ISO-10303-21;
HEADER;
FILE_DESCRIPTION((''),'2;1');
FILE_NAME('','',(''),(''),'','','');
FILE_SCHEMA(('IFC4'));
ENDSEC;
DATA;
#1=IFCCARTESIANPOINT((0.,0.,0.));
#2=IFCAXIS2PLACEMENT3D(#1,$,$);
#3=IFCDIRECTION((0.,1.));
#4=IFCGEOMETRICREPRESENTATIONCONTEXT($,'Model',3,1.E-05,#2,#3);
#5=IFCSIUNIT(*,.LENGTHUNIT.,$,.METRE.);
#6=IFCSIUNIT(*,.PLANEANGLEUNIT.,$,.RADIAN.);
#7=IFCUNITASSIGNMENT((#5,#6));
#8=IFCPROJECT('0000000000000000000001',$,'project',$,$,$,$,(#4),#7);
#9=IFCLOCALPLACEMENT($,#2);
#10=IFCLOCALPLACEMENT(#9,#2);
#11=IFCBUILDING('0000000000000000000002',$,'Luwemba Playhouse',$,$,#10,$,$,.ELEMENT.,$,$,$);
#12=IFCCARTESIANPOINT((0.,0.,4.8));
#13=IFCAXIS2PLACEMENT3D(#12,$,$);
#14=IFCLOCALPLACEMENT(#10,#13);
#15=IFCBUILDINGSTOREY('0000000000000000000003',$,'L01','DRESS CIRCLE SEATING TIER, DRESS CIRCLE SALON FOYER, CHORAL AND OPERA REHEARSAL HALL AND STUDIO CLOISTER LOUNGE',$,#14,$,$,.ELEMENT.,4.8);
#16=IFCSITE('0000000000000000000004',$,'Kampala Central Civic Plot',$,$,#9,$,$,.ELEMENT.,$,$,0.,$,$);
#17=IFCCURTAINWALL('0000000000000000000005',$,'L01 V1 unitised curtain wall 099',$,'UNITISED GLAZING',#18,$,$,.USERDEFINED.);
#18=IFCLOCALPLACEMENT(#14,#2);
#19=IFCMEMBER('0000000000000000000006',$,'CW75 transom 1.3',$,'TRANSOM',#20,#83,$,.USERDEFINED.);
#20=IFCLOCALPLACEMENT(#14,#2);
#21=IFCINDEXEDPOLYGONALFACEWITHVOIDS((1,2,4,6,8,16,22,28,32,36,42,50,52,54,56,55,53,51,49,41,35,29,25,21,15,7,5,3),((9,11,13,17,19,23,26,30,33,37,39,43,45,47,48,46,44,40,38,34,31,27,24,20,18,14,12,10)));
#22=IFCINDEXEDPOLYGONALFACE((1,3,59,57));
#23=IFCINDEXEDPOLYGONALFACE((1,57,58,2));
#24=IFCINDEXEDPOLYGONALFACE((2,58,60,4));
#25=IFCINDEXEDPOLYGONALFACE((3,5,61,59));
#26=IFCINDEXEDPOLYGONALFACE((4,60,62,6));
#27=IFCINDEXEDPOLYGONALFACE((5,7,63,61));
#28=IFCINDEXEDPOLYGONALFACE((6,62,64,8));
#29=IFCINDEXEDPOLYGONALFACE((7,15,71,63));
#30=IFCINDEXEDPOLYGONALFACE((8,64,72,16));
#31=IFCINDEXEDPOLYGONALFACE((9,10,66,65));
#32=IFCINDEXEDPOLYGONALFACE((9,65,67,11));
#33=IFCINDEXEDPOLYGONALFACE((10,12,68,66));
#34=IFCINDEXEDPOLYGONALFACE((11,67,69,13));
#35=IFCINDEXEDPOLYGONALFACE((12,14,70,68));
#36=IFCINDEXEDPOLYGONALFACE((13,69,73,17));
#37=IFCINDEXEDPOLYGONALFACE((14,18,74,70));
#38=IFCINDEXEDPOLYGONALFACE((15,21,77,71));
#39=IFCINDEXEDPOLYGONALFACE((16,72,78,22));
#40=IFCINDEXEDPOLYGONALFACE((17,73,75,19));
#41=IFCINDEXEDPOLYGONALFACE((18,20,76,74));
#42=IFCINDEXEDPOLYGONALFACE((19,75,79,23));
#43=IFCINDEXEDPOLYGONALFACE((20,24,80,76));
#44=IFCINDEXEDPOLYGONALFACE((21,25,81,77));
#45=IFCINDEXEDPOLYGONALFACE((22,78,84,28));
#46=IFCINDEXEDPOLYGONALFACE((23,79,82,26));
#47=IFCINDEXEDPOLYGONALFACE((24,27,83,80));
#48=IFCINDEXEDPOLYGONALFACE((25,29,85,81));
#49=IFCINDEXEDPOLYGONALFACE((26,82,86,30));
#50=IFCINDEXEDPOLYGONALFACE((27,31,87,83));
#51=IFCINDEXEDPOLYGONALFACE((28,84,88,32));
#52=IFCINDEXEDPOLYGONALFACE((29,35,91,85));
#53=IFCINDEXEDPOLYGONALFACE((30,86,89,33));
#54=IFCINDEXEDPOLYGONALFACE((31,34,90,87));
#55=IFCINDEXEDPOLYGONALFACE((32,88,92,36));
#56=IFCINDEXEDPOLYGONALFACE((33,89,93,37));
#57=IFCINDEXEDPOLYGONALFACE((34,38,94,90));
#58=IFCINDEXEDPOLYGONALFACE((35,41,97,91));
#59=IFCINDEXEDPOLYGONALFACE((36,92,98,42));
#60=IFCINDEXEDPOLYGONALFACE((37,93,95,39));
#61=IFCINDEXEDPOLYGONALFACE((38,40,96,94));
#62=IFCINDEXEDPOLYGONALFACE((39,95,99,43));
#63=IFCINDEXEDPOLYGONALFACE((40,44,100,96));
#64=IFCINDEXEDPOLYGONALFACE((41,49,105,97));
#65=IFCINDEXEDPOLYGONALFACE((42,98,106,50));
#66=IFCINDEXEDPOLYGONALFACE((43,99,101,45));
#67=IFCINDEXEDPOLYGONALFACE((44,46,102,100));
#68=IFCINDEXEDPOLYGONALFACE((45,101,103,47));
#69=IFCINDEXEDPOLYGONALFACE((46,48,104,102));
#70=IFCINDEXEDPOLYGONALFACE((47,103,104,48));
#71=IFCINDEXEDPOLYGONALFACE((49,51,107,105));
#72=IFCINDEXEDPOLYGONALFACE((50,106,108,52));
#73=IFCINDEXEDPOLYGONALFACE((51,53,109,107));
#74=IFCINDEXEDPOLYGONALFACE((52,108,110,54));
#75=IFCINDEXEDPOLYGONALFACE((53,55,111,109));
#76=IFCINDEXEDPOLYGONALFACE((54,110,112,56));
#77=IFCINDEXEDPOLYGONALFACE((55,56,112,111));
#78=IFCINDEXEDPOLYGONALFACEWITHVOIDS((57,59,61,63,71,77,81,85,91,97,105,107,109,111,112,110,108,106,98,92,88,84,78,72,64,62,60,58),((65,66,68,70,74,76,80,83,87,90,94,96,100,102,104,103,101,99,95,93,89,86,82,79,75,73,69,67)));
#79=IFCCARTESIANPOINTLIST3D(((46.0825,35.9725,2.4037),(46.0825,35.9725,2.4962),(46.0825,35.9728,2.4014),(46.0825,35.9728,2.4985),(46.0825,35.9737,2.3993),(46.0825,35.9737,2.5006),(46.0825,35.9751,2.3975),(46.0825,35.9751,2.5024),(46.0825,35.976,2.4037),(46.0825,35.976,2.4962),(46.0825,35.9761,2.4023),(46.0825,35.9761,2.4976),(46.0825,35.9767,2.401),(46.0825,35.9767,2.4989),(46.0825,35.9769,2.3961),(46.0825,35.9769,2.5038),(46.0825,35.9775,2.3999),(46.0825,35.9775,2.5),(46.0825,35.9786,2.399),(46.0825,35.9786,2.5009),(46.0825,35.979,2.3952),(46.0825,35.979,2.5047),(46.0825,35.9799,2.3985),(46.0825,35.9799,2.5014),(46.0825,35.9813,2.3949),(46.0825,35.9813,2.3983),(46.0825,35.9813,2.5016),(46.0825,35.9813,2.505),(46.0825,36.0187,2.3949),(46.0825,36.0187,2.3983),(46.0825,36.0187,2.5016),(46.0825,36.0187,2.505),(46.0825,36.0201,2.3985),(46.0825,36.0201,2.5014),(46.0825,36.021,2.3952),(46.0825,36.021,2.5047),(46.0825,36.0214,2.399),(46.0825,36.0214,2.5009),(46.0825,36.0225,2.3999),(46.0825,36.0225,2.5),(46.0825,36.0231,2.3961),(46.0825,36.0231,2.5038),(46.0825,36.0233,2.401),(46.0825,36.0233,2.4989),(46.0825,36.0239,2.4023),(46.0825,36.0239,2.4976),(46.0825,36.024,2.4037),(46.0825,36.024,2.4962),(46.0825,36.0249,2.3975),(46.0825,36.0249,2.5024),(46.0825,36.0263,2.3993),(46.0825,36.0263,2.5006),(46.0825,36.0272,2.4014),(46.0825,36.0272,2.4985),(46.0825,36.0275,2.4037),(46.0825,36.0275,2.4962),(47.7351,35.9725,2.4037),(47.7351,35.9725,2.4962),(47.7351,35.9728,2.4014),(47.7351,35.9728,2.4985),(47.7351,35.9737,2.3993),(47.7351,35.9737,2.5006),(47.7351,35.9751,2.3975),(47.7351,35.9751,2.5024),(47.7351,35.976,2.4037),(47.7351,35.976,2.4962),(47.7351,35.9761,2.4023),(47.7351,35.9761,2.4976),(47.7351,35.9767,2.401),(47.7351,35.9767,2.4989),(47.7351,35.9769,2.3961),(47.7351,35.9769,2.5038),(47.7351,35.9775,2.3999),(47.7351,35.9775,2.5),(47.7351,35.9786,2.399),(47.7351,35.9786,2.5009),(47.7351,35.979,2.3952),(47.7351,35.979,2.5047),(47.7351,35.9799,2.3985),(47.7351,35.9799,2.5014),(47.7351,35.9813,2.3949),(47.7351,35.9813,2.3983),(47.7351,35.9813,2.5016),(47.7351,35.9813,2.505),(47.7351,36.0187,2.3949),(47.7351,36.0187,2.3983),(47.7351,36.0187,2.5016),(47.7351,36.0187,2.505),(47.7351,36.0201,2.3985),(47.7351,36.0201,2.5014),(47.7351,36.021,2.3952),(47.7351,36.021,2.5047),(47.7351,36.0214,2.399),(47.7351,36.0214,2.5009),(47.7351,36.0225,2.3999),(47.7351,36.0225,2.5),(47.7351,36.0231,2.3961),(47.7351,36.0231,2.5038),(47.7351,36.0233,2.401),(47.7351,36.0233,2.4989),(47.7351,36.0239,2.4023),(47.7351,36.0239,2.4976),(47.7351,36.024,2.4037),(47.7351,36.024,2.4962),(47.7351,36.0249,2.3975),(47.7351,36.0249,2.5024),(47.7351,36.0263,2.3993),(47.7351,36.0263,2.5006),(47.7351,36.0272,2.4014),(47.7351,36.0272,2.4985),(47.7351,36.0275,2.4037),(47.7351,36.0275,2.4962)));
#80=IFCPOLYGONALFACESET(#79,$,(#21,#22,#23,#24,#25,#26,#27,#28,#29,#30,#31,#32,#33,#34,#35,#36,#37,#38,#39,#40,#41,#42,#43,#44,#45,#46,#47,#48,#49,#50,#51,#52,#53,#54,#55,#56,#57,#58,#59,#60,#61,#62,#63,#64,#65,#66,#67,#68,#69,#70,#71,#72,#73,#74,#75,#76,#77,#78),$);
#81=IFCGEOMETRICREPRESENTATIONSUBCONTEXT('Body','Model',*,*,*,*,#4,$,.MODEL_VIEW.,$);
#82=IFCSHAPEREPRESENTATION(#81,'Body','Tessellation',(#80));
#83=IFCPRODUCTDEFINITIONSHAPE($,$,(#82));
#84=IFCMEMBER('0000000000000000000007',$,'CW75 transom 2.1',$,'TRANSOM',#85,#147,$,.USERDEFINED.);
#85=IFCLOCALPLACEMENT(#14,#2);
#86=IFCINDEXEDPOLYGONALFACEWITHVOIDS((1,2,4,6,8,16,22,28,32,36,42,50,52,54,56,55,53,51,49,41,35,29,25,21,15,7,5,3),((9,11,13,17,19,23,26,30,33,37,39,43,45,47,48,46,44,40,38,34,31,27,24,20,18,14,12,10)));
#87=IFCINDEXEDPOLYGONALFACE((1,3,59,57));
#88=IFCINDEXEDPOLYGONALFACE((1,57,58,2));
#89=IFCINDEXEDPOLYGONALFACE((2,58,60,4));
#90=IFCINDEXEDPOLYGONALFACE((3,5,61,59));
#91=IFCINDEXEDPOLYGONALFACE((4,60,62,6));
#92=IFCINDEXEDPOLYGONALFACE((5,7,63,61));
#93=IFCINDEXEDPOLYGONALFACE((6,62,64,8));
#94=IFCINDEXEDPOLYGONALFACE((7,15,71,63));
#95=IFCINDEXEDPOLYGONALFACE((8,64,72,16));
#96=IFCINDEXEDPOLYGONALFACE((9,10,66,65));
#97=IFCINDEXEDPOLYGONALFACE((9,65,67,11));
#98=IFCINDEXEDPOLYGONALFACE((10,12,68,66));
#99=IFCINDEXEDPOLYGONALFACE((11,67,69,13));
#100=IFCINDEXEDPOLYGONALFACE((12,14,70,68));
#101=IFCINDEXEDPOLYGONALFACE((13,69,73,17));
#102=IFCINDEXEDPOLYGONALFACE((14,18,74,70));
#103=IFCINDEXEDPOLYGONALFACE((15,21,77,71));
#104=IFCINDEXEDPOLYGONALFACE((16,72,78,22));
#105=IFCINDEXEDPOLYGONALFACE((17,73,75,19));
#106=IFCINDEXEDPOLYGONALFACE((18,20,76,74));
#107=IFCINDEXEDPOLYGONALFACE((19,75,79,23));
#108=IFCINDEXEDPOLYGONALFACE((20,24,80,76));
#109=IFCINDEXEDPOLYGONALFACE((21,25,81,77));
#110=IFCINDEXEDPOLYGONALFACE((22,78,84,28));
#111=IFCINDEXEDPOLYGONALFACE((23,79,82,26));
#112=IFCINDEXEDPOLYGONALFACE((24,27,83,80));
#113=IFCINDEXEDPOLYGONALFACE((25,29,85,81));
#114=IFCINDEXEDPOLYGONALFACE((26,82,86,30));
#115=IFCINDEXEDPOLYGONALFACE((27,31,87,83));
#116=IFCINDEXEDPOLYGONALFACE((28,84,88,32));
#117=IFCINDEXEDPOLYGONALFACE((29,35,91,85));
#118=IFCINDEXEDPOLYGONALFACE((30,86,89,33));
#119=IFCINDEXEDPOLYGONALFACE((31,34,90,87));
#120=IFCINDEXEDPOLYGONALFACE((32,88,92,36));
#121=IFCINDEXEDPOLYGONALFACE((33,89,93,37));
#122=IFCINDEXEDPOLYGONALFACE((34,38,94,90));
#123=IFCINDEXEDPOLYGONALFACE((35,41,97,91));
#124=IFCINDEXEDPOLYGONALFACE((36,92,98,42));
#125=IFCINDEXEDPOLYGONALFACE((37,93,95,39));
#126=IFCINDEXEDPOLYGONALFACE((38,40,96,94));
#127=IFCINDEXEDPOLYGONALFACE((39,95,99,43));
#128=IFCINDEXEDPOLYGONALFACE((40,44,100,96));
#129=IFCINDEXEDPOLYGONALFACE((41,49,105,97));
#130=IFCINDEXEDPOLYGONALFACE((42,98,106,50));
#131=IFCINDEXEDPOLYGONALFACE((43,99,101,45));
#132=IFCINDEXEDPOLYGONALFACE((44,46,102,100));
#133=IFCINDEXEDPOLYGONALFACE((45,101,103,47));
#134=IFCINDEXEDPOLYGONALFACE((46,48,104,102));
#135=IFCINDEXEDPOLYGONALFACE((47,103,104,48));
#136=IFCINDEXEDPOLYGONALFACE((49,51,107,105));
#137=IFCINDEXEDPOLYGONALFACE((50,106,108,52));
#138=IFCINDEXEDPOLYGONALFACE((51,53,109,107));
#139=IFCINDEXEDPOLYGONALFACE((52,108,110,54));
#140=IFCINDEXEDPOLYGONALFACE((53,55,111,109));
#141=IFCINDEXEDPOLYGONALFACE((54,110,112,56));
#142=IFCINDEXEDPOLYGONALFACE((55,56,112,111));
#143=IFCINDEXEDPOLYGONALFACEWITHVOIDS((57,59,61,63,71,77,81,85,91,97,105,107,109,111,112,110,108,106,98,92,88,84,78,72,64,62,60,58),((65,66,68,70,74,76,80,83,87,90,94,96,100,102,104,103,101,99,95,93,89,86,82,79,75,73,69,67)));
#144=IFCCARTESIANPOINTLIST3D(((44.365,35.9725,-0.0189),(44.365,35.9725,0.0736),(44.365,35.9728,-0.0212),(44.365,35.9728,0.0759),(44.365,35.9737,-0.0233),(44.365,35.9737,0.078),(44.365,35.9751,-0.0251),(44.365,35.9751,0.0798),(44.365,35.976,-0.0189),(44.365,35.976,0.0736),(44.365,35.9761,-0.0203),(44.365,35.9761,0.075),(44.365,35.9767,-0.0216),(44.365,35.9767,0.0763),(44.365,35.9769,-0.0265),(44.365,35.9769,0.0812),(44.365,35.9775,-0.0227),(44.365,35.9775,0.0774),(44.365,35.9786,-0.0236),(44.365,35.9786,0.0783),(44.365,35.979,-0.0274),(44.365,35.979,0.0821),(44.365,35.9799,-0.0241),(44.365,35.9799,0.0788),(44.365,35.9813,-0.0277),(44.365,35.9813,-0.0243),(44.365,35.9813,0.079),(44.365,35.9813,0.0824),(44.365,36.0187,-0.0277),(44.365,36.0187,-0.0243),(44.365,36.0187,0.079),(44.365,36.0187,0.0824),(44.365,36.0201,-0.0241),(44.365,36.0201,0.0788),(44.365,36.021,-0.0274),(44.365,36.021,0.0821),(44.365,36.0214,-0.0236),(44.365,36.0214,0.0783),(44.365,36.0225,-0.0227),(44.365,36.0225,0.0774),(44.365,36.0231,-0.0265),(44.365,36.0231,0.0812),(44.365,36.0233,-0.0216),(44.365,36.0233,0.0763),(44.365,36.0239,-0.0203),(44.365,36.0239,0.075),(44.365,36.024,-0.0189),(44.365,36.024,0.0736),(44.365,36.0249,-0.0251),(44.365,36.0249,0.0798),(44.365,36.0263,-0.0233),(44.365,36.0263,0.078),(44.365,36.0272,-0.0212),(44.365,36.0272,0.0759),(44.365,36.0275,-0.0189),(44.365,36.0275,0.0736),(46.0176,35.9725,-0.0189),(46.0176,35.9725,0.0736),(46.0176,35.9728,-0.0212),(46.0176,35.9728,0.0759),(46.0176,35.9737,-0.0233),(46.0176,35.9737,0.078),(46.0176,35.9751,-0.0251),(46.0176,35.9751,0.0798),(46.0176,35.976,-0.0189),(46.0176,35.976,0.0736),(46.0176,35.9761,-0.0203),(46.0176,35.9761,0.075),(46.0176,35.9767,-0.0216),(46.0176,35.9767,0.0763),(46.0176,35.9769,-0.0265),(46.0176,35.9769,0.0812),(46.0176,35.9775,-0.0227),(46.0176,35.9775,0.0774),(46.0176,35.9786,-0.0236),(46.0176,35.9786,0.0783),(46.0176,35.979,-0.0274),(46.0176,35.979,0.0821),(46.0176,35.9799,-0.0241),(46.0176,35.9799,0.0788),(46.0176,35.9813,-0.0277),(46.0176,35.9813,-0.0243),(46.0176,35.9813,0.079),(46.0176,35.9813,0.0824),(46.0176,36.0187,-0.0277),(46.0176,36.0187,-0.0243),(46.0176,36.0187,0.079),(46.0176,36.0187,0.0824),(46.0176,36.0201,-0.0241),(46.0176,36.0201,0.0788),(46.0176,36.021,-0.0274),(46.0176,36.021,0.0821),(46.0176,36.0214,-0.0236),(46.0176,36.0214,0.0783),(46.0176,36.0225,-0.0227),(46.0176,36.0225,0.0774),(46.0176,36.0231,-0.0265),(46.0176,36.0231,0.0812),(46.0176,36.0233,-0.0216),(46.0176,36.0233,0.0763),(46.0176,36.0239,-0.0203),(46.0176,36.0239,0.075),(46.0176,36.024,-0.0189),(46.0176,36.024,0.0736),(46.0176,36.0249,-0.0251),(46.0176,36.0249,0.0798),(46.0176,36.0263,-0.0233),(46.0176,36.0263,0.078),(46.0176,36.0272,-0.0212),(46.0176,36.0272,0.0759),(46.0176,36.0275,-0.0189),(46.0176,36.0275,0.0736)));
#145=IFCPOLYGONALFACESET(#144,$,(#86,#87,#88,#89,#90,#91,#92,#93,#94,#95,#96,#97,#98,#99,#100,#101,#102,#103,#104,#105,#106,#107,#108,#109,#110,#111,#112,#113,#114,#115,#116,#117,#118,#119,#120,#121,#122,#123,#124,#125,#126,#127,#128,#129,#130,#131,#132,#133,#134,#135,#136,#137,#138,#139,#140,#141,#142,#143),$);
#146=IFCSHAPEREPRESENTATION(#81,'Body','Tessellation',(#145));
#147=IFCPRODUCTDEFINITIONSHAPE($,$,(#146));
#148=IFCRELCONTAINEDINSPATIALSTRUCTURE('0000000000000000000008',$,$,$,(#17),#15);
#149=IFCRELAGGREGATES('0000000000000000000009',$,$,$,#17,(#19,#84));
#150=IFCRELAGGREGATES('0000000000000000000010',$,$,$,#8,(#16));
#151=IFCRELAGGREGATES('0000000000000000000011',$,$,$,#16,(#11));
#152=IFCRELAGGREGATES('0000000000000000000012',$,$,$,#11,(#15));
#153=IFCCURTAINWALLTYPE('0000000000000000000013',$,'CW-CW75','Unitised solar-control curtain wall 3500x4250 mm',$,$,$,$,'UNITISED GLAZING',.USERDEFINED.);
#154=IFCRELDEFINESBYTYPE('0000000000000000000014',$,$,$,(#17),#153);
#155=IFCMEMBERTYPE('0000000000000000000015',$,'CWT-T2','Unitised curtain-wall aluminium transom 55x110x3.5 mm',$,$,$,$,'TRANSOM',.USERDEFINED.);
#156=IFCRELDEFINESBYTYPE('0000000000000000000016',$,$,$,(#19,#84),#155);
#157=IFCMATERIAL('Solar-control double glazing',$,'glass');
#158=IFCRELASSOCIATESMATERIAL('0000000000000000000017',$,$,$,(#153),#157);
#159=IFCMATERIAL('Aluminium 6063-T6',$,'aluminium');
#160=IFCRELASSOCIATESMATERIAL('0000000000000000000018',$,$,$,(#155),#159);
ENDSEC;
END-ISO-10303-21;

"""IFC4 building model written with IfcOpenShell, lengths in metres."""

from ifc_helpers import new_model, si_unit, direction, frame, origin, origin_2d, place, context, subcontext, project, spatial, hollow_rectangle, extrude, material, material_profile, profile_set, type_object, element, aggregate, save


model = new_model("IFC4")

# Units and contexts
model_context = context("Model", 3, precision=1e-05, world=origin(), true_north=direction((0.0, 1.0)))
body_context = subcontext(model_context, "Body", "Model", "MODEL_VIEW")
ifc_project = project(units=[si_unit("LENGTHUNIT", "METRE"), si_unit("PLANEANGLEUNIT", "RADIAN")], contexts=[model_context])

# Site, building, storey
site_placement = place(None, origin())
site = spatial("IfcSite", under=ifc_project, at=site_placement, Name="Kampala Central Civic Plot", CompositionType="ELEMENT", RefElevation=0.0)
building_placement = place(site_placement, origin())
building = spatial("IfcBuilding", under=site, at=building_placement, Name="Luwemba Playhouse", CompositionType="ELEMENT")
storey_placement = place(building_placement, frame((0.0, 0.0, 4.8)))
storey = spatial("IfcBuildingStorey", under=building, at=storey_placement, Name="L01", Description="DRESS CIRCLE SEATING TIER, DRESS CIRCLE SALON FOYER, CHORAL AND OPERA REHEARSAL HALL AND STUDIO CLOISTER LOUNGE", CompositionType="ELEMENT", Elevation=4.8)

# Curtain wall
ifc_material_1 = material(Name="Solar-control double glazing", Category="glass")
curtain_wall_type_1 = type_object("IfcCurtainWallType", Name="CW-CW75", Description="Unitised solar-control curtain wall 3500x4250 mm", ElementType="UNITISED GLAZING", PredefinedType="USERDEFINED", material=ifc_material_1)
curtain_wall_1_placement = place(storey_placement, origin())
curtain_wall_1 = element("IfcCurtainWall", 1, at=curtain_wall_1_placement, inside=storey, type_object=curtain_wall_type_1, Name="L01 V1 unitised curtain wall 099", ObjectType="UNITISED GLAZING", PredefinedType="USERDEFINED")
ifc_material_2 = material(Name="Aluminium 6063-T6", Category="aluminium")

# Members
ifc_material_profile_1 = material_profile(ifc_material_2, hollow_rectangle(XDim=0.0549, YDim=0.1101, WallThickness=0.0034, InnerFilletRadius=0.0054, OuterFilletRadius=0.0088, at=origin_2d()))
ifc_profile_set_1 = profile_set([ifc_material_profile_1], Name="Aluminium 6063-T6")
member_type_1 = type_object("IfcMemberType", Name="CWT-T2", Description="Unitised curtain-wall aluminium transom 55x110x3.5 mm", ElementType="TRANSOM", PredefinedType="USERDEFINED", material=ifc_profile_set_1)
member_1_placement = place(storey_placement, frame((47.7351, 36.0, 2.45), z_axis=(-1.0, 0.0, 0.0), x_axis=(0.0, -1.0, 0.0)))
member_1 = element("IfcMember", 2, at=member_1_placement, type_object=member_type_1, Name="CW75 transom 1.3", ObjectType="TRANSOM", PredefinedType="USERDEFINED", context=body_context, shape_type="SweptSolid", body=[
    extrude(hollow_rectangle(XDim=0.0549, YDim=0.1101, WallThickness=0.0034, InnerFilletRadius=0.0054, OuterFilletRadius=0.0088, at=origin_2d()), origin(), (0.0, 0.0, 1.0), 1.6526),
])
member_2_placement = place(storey_placement, frame((46.0176, 36.0, 0.0273), z_axis=(-1.0, 0.0, 0.0), x_axis=(0.0, -1.0, 0.0)))
member_2 = element("IfcMember", 3, at=member_2_placement, type_object=member_type_1, Name="CW75 transom 2.1", ObjectType="TRANSOM", PredefinedType="USERDEFINED", context=body_context, shape_type="SweptSolid", body=[
    extrude(hollow_rectangle(XDim=0.0549, YDim=0.1101, WallThickness=0.0034, InnerFilletRadius=0.0054, OuterFilletRadius=0.0088, at=origin_2d()), origin(), (0.0, 0.0, 1.0), 1.6526),
])

aggregate(curtain_wall_1, [member_1, member_2])

save(model, "model.ifc")
